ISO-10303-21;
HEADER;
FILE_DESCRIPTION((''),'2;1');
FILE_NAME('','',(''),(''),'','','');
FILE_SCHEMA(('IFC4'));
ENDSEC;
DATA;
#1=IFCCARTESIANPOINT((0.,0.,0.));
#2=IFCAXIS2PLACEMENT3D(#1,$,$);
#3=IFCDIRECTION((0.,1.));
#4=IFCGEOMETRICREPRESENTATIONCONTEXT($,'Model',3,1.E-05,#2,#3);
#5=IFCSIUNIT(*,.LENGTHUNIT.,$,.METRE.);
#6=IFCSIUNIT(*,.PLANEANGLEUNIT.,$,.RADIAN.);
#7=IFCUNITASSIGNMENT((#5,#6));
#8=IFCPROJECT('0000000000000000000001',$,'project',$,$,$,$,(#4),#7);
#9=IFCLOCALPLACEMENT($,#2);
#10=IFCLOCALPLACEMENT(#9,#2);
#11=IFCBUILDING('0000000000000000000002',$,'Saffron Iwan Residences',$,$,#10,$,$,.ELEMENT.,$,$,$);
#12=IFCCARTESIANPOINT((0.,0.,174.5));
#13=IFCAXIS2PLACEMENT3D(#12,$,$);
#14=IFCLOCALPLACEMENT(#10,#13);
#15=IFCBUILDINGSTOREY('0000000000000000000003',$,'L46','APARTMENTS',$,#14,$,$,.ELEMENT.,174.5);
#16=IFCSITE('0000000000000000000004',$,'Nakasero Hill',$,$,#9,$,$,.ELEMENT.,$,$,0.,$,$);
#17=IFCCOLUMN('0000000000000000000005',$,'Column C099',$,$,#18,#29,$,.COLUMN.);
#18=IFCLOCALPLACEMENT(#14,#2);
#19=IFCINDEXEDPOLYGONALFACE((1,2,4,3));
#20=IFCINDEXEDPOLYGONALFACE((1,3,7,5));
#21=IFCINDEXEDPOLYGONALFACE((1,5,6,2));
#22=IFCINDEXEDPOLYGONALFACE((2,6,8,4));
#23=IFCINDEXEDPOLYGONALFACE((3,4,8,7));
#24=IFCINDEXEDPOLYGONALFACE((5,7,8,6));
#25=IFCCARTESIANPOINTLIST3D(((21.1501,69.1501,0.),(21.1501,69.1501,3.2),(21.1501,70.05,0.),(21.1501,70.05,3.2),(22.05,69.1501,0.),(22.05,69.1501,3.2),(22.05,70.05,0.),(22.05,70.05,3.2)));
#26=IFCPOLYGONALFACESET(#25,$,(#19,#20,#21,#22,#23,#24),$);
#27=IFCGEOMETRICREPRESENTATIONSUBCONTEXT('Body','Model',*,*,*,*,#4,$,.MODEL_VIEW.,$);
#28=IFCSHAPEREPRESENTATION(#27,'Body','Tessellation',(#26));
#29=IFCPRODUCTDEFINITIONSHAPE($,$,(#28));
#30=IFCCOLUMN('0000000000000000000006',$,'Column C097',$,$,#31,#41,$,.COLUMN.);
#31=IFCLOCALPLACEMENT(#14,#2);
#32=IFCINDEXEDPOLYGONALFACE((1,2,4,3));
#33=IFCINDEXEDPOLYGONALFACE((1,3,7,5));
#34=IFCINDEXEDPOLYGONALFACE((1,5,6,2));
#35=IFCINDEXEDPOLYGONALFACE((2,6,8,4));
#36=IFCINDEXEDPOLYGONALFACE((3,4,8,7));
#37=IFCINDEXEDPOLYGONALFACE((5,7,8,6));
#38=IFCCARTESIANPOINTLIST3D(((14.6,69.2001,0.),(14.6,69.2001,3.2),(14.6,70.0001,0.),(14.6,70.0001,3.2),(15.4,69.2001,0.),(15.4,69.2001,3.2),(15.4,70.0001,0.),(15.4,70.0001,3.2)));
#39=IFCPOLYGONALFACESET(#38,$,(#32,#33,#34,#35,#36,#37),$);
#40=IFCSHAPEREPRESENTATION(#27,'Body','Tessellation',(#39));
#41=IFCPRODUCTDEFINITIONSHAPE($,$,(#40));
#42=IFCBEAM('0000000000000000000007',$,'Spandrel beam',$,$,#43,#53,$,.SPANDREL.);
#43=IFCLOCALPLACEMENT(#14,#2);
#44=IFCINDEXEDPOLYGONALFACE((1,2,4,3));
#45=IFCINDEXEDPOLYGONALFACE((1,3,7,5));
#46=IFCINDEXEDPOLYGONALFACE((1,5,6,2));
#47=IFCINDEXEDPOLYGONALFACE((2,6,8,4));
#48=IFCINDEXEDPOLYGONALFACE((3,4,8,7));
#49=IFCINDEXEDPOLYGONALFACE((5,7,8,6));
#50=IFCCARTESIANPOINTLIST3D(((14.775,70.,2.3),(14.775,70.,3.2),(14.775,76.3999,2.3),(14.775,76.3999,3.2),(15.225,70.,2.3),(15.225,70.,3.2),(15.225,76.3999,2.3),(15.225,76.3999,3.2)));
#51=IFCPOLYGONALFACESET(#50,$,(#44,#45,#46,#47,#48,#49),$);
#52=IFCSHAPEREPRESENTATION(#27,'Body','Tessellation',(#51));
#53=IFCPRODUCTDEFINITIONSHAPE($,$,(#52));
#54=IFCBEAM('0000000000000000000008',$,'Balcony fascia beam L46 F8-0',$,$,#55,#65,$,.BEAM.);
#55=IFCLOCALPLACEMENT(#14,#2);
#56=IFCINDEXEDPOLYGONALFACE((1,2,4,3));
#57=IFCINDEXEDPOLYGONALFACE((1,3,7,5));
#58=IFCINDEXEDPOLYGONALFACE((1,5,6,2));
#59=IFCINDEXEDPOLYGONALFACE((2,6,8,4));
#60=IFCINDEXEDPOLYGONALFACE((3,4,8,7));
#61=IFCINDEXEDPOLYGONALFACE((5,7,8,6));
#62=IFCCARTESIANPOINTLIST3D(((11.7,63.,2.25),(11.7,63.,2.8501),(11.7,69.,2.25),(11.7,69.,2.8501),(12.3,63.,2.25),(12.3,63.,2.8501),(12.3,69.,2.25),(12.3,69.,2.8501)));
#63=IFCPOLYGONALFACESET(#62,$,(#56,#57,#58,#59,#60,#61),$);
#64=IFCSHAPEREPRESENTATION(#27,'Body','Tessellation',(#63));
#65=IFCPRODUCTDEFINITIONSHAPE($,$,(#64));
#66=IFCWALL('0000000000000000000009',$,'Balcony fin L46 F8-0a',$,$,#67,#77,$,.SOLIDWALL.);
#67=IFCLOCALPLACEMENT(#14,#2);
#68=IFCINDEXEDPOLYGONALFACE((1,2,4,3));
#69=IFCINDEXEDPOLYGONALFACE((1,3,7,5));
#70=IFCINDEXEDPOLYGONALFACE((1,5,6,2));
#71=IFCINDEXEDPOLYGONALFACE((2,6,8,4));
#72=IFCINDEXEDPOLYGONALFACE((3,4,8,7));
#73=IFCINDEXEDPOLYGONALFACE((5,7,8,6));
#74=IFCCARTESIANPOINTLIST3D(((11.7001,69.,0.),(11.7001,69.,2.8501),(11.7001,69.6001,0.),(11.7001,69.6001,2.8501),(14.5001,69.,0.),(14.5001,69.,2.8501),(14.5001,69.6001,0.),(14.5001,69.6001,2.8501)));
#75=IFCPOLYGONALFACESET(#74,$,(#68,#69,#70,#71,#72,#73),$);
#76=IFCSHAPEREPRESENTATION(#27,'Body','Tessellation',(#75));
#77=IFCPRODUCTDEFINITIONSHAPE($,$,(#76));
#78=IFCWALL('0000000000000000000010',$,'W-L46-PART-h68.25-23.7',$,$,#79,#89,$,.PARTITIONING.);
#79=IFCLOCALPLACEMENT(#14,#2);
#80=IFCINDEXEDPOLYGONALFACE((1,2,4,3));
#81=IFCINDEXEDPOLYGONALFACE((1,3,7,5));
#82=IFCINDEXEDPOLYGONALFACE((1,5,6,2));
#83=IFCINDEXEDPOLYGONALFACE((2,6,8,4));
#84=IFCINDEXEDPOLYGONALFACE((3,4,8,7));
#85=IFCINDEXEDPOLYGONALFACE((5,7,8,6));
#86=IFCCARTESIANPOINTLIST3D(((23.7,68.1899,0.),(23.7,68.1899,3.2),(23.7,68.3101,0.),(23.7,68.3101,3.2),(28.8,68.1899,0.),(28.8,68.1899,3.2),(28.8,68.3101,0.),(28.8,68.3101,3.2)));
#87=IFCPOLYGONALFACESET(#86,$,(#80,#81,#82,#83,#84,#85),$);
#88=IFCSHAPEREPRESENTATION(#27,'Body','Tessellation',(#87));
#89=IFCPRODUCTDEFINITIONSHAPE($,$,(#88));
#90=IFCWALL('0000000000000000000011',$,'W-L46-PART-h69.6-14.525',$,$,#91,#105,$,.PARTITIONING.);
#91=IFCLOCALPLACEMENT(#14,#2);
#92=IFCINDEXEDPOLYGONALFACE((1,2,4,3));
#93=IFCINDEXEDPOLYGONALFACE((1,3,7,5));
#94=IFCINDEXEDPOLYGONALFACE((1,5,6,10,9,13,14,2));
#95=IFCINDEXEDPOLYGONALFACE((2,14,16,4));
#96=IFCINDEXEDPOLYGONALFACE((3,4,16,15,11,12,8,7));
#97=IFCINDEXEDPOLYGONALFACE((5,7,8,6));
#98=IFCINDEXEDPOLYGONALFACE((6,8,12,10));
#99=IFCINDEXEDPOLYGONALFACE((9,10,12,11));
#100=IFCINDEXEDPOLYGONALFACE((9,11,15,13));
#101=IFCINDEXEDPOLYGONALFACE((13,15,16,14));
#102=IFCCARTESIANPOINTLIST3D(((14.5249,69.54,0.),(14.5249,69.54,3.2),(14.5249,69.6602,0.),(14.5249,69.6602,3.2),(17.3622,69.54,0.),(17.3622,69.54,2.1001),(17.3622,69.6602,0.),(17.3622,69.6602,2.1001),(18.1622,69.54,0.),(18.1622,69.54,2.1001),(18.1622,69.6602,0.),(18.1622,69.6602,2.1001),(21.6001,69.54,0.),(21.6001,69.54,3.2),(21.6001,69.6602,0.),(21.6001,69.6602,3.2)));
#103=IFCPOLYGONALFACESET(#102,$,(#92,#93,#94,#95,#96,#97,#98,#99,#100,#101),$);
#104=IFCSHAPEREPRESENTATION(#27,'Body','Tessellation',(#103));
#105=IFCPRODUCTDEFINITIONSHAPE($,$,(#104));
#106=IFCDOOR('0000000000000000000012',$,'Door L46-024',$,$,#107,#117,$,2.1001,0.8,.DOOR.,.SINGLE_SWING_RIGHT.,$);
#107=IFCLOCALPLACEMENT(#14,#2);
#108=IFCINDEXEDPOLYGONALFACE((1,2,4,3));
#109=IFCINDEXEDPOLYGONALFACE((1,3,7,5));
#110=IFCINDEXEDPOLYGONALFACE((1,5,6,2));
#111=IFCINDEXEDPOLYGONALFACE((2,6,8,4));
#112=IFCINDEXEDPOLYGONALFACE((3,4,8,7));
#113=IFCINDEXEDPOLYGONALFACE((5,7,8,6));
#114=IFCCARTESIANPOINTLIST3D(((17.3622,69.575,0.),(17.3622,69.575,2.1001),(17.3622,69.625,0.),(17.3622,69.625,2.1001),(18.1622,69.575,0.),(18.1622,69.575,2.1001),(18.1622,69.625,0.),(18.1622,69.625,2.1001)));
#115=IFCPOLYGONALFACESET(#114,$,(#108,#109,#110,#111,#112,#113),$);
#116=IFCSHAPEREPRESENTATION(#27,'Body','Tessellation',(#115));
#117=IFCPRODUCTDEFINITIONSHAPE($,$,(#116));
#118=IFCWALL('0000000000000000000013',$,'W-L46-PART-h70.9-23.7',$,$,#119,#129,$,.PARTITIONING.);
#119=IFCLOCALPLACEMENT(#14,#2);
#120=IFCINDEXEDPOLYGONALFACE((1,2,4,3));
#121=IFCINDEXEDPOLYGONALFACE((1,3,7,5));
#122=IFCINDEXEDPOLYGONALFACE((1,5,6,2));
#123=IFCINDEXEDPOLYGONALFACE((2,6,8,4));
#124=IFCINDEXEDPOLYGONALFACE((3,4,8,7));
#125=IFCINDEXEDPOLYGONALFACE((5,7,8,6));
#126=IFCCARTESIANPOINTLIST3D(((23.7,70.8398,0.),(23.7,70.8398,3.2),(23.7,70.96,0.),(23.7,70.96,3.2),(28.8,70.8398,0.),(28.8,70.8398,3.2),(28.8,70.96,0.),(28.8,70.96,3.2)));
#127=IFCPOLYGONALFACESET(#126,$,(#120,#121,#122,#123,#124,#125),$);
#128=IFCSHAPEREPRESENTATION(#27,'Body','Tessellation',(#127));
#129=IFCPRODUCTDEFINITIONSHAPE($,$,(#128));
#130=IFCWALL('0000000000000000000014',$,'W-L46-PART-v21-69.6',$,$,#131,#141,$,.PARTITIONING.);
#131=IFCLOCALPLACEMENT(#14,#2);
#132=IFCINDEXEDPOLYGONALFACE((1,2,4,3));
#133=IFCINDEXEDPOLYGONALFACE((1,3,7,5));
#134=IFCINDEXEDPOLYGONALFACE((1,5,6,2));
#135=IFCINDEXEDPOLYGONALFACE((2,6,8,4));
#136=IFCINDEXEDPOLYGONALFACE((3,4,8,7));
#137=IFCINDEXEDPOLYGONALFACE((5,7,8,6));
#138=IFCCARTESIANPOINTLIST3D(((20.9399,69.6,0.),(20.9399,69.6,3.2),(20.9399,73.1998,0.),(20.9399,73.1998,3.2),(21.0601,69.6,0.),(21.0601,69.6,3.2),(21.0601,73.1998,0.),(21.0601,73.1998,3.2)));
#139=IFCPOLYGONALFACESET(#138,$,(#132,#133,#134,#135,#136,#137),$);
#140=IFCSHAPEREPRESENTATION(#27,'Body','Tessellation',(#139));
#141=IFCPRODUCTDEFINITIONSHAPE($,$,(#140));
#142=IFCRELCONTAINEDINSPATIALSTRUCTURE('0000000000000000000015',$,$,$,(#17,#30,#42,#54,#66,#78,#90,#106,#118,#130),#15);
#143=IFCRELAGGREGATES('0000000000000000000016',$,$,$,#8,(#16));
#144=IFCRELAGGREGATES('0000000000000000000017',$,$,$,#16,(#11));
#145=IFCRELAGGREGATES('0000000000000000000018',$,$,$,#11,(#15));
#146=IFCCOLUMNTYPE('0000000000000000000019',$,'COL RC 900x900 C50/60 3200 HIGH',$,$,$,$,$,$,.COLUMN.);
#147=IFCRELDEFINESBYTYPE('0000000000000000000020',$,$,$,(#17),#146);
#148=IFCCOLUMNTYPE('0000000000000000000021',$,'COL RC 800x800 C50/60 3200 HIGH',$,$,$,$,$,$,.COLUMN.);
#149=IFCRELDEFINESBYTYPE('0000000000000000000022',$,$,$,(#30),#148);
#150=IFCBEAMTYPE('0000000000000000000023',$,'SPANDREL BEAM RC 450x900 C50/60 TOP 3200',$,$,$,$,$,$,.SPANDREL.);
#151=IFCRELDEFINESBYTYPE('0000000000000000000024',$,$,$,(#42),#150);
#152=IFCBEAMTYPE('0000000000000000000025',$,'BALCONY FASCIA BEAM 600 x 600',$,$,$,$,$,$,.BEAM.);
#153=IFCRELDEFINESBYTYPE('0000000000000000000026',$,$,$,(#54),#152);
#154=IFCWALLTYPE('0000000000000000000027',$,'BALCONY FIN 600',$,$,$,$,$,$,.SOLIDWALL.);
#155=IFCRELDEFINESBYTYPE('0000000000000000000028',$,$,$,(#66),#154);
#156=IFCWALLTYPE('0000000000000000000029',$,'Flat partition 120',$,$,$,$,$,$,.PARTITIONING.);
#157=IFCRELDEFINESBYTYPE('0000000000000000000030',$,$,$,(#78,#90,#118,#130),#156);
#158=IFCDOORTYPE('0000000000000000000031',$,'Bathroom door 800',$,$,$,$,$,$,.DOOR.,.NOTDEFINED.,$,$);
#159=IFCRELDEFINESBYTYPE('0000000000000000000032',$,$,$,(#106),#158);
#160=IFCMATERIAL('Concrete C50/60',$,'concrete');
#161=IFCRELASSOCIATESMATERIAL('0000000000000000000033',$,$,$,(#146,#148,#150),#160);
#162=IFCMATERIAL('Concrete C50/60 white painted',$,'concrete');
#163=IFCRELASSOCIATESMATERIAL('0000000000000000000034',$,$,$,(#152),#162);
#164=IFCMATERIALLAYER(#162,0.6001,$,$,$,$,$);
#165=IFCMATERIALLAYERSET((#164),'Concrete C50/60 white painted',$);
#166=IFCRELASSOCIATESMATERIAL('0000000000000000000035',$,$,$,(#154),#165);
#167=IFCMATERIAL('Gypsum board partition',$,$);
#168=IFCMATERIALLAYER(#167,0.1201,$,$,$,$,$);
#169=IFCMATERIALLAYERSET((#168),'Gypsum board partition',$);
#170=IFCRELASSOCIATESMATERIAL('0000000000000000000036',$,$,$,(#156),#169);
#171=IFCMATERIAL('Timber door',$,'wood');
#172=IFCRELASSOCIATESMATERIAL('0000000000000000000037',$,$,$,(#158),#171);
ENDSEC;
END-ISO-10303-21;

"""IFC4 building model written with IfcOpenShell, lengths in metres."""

from ifc_helpers import new_model, si_unit, direction, frame, frame_2d, origin, origin_2d, place, context, subcontext, project, spatial, rectangle, extrude, source, transform, mapped, material, layer, layer_set, material_profile, profile_set, type_object, element, fill, save


model = new_model("IFC4")

# Units and contexts
model_context = context("Model", 3, precision=1e-05, world=origin(), true_north=direction((0.0, 1.0)))
body_context = subcontext(model_context, "Body", "Model", "MODEL_VIEW")
ifc_project = project(units=[si_unit("LENGTHUNIT", "METRE"), si_unit("PLANEANGLEUNIT", "RADIAN")], contexts=[model_context])

# Site, building, storey
site_placement = place(None, origin())
site = spatial("IfcSite", under=ifc_project, at=site_placement, Name="Nakasero Hill", CompositionType="ELEMENT", RefElevation=0.0)
building_placement = place(site_placement, origin())
building = spatial("IfcBuilding", under=site, at=building_placement, Name="Saffron Iwan Residences", CompositionType="ELEMENT")
storey_placement = place(building_placement, frame((0.0, 0.0, 174.5)))
storey = spatial("IfcBuildingStorey", under=building, at=storey_placement, Name="L46", Description="APARTMENTS", CompositionType="ELEMENT", Elevation=174.5)

# Columns
ifc_material_1 = material(Name="Concrete C50/60", Category="concrete")
ifc_material_profile_1 = material_profile(ifc_material_1, rectangle(XDim=0.8999, YDim=0.8999, at=origin_2d()), Name="RC 900x900")
ifc_profile_set_1 = profile_set([ifc_material_profile_1], Name="Concrete C50/60")
column_type_1 = type_object("IfcColumnType", Name="COL RC 900x900 C50/60 3200 HIGH", PredefinedType="COLUMN", material=ifc_profile_set_1)
shared_shape_1 = source(origin(), body_context, "Body", "SweptSolid", [
    extrude(rectangle(XDim=0.8999, YDim=0.8999, at=origin_2d()), origin(), (0.0, 0.0, 1.0), 3.2),
])
column_1_placement = place(storey_placement, frame((21.6001, 69.6001, 0.0), z_axis=(0.0, 0.0, 1.0), x_axis=(1.0, 0.0, 0.0)))
element("IfcColumn", 1, at=column_1_placement, inside=storey, type_object=column_type_1, Name="Column C099", PredefinedType="COLUMN", context=body_context, shape_type="MappedRepresentation", body=[
    mapped(shared_shape_1, transform((0.0, 0.0, 0.0))),
])
ifc_material_profile_2 = material_profile(ifc_material_1, rectangle(XDim=0.8, YDim=0.8, at=origin_2d()), Name="RC 800x800")
ifc_profile_set_2 = profile_set([ifc_material_profile_2], Name="Concrete C50/60")
column_type_2 = type_object("IfcColumnType", Name="COL RC 800x800 C50/60 3200 HIGH", PredefinedType="COLUMN", material=ifc_profile_set_2)
shared_shape_2 = source(origin(), body_context, "Body", "SweptSolid", [
    extrude(rectangle(XDim=0.8, YDim=0.8, at=origin_2d()), origin(), (0.0, 0.0, 1.0), 3.2),
])
column_2_placement = place(storey_placement, frame((15.0, 69.6001, 0.0), z_axis=(0.0, 0.0, 1.0), x_axis=(1.0, 0.0, 0.0)))
element("IfcColumn", 2, at=column_2_placement, inside=storey, type_object=column_type_2, Name="Column C097", PredefinedType="COLUMN", context=body_context, shape_type="MappedRepresentation", body=[
    mapped(shared_shape_2, transform((0.0, 0.0, 0.0))),
])

# Beams
ifc_material_profile_3 = material_profile(ifc_material_1, rectangle(XDim=0.45, YDim=0.8999, at=origin_2d()), Name="RC 450x900")
ifc_profile_set_3 = profile_set([ifc_material_profile_3], Name="Concrete C50/60")
beam_type_1 = type_object("IfcBeamType", Name="SPANDREL BEAM RC 450x900 C50/60 TOP 3200", PredefinedType="SPANDREL", material=ifc_profile_set_3)
shared_shape_3 = source(origin(), body_context, "Body", "SweptSolid", [
    extrude(rectangle(XDim=0.45, YDim=0.8999, at=origin_2d()), origin(), (0.0, 0.0, 1.0), 6.3999),
])
beam_1_placement = place(storey_placement, frame((15.0, 70.0, 2.75), z_axis=(0.0, 1.0, 0.0), x_axis=(-1.0, 0.0, 0.0)))
element("IfcBeam", 3, at=beam_1_placement, inside=storey, type_object=beam_type_1, Name="Spandrel beam", PredefinedType="SPANDREL", context=body_context, shape_type="MappedRepresentation", body=[
    mapped(shared_shape_3, transform((0.0, 0.0, 0.0))),
])
ifc_material_2 = material(Name="Concrete C50/60 white painted", Category="concrete")
ifc_material_profile_4 = material_profile(ifc_material_2, rectangle(XDim=0.6001, YDim=0.6001, at=origin_2d()), Name="BALCONY FASCIA BEAM 600 x 600")
ifc_profile_set_4 = profile_set([ifc_material_profile_4], Name="Concrete C50/60 white painted")
beam_type_2 = type_object("IfcBeamType", Name="BALCONY FASCIA BEAM 600 x 600", PredefinedType="BEAM", material=ifc_profile_set_4)
shared_shape_4 = source(origin(), body_context, "Body", "SweptSolid", [
    extrude(rectangle(XDim=0.6001, YDim=0.6001, at=origin_2d()), origin(), (0.0, 0.0, 1.0), 6.0),
])
beam_2_placement = place(storey_placement, frame((12.0, 69.0, 2.55), z_axis=(0.0, -1.0, 0.0), x_axis=(1.0, 0.0, 0.0)))
element("IfcBeam", 4, at=beam_2_placement, inside=storey, type_object=beam_type_2, Name="Balcony fascia beam L46 F8-0", PredefinedType="BEAM", context=body_context, shape_type="MappedRepresentation", body=[
    mapped(shared_shape_4, transform((0.0, 0.0, 0.0))),
])

# Wall
ifc_layer_1 = layer(ifc_material_2, 0.6001)
ifc_layer_set_1 = layer_set([ifc_layer_1], Name="Concrete C50/60 white painted")
wall_type_1 = type_object("IfcWallType", Name="BALCONY FIN 600", PredefinedType="SOLIDWALL", material=ifc_layer_set_1)
wall_1_placement = place(storey_placement, frame((14.5, 69.3, 0.0), z_axis=(0.0, 0.0, 1.0), x_axis=(-1.0, 0.0, 0.0)))
element("IfcWall", 5, at=wall_1_placement, inside=storey, type_object=wall_type_1, Name="Balcony fin L46 F8-0a", PredefinedType="SOLIDWALL", context=body_context, shape_type="SweptSolid", body=[
    extrude(rectangle(XDim=2.8, YDim=0.6001, at=frame_2d((1.3999, 0.0))), origin(), (0.0, 0.0, 1.0), 2.8501),
])

# Wall
ifc_material_3 = material(Name="Gypsum board partition")
ifc_layer_2 = layer(ifc_material_3, 0.1201)
ifc_layer_set_2 = layer_set([ifc_layer_2], Name="Gypsum board partition")
wall_type_2 = type_object("IfcWallType", Name="Flat partition 120", PredefinedType="PARTITIONING", material=ifc_layer_set_2)
wall_2_placement = place(storey_placement, frame((23.7, 68.25, 0.0), z_axis=(0.0, 0.0, 1.0), x_axis=(1.0, 0.0, 0.0)))
element("IfcWall", 6, at=wall_2_placement, inside=storey, type_object=wall_type_2, Name="W-L46-PART-h68.25-23.7", PredefinedType="PARTITIONING", context=body_context, shape_type="SweptSolid", body=[
    extrude(rectangle(XDim=5.1001, YDim=0.1201, at=frame_2d((2.55, 0.0))), origin(), (0.0, 0.0, 1.0), 3.2),
])

# Wall, opening, door
wall_3_placement = place(storey_placement, frame((14.5249, 69.6001, 0.0), z_axis=(0.0, 0.0, 1.0), x_axis=(1.0, 0.0, 0.0)))
wall_3 = element("IfcWall", 7, at=wall_3_placement, inside=storey, type_object=wall_type_2, Name="W-L46-PART-h69.6-14.525", PredefinedType="PARTITIONING", context=body_context, shape_type="SweptSolid", body=[
    extrude(rectangle(XDim=7.0752, YDim=0.1201, at=frame_2d((3.5376, 0.0))), origin(), (0.0, 0.0, 1.0), 3.2),
])
opening_1_placement = place(wall_3_placement, frame((2.8374, 0.0, 0.0)))
opening_1 = element("IfcOpeningElement", 8, at=opening_1_placement, cuts=wall_3, PredefinedType="OPENING", context=body_context, shape_type="SweptSolid", body=[
    extrude(rectangle(XDim=0.8, YDim=2.1001, at=frame_2d((0.3999, 1.05))), frame((0.0, 0.0701, 0.0), z_axis=(0.0, -1.0, 0.0), x_axis=(1.0, 0.0, 0.0)), (0.0, 0.0, 1.0), 0.1401),
])
ifc_material_4 = material(Name="Timber door", Category="wood")
door_type_1 = type_object("IfcDoorType", Name="Bathroom door 800", OperationType="NOTDEFINED", PredefinedType="DOOR", material=ifc_material_4)
door_1_placement = place(opening_1_placement, origin())
door_1 = element("IfcDoor", 9, at=door_1_placement, inside=storey, type_object=door_type_1, Name="Door L46-024", OperationType="SINGLE_SWING_RIGHT", OverallHeight=2.1001, OverallWidth=0.8, PredefinedType="DOOR", context=body_context, shape_type="SweptSolid", body=[
    extrude(rectangle(XDim=0.8, YDim=2.1001, at=frame_2d((0.3999, 1.05))), frame((0.0, 0.0249, 0.0), z_axis=(0.0, -1.0, 0.0), x_axis=(1.0, 0.0, 0.0)), (0.0, 0.0, 1.0), 0.05),
])
fill(opening_1, door_1)

# Walls
wall_4_placement = place(storey_placement, frame((23.7, 70.8999, 0.0), z_axis=(0.0, 0.0, 1.0), x_axis=(1.0, 0.0, 0.0)))
element("IfcWall", 10, at=wall_4_placement, inside=storey, type_object=wall_type_2, Name="W-L46-PART-h70.9-23.7", PredefinedType="PARTITIONING", context=body_context, shape_type="SweptSolid", body=[
    extrude(rectangle(XDim=5.1001, YDim=0.1201, at=frame_2d((2.55, 0.0))), origin(), (0.0, 0.0, 1.0), 3.2),
])
wall_5_placement = place(storey_placement, frame((21.0, 69.6001, 0.0), z_axis=(0.0, 0.0, 1.0), x_axis=(0.0, 1.0, 0.0)))
element("IfcWall", 11, at=wall_5_placement, inside=storey, type_object=wall_type_2, Name="W-L46-PART-v21-69.6", PredefinedType="PARTITIONING", context=body_context, shape_type="SweptSolid", body=[
    extrude(rectangle(XDim=3.5999, YDim=0.1201, at=frame_2d((1.7998, 0.0))), origin(), (0.0, 0.0, 1.0), 3.2),
])

save(model, "model.ifc")
